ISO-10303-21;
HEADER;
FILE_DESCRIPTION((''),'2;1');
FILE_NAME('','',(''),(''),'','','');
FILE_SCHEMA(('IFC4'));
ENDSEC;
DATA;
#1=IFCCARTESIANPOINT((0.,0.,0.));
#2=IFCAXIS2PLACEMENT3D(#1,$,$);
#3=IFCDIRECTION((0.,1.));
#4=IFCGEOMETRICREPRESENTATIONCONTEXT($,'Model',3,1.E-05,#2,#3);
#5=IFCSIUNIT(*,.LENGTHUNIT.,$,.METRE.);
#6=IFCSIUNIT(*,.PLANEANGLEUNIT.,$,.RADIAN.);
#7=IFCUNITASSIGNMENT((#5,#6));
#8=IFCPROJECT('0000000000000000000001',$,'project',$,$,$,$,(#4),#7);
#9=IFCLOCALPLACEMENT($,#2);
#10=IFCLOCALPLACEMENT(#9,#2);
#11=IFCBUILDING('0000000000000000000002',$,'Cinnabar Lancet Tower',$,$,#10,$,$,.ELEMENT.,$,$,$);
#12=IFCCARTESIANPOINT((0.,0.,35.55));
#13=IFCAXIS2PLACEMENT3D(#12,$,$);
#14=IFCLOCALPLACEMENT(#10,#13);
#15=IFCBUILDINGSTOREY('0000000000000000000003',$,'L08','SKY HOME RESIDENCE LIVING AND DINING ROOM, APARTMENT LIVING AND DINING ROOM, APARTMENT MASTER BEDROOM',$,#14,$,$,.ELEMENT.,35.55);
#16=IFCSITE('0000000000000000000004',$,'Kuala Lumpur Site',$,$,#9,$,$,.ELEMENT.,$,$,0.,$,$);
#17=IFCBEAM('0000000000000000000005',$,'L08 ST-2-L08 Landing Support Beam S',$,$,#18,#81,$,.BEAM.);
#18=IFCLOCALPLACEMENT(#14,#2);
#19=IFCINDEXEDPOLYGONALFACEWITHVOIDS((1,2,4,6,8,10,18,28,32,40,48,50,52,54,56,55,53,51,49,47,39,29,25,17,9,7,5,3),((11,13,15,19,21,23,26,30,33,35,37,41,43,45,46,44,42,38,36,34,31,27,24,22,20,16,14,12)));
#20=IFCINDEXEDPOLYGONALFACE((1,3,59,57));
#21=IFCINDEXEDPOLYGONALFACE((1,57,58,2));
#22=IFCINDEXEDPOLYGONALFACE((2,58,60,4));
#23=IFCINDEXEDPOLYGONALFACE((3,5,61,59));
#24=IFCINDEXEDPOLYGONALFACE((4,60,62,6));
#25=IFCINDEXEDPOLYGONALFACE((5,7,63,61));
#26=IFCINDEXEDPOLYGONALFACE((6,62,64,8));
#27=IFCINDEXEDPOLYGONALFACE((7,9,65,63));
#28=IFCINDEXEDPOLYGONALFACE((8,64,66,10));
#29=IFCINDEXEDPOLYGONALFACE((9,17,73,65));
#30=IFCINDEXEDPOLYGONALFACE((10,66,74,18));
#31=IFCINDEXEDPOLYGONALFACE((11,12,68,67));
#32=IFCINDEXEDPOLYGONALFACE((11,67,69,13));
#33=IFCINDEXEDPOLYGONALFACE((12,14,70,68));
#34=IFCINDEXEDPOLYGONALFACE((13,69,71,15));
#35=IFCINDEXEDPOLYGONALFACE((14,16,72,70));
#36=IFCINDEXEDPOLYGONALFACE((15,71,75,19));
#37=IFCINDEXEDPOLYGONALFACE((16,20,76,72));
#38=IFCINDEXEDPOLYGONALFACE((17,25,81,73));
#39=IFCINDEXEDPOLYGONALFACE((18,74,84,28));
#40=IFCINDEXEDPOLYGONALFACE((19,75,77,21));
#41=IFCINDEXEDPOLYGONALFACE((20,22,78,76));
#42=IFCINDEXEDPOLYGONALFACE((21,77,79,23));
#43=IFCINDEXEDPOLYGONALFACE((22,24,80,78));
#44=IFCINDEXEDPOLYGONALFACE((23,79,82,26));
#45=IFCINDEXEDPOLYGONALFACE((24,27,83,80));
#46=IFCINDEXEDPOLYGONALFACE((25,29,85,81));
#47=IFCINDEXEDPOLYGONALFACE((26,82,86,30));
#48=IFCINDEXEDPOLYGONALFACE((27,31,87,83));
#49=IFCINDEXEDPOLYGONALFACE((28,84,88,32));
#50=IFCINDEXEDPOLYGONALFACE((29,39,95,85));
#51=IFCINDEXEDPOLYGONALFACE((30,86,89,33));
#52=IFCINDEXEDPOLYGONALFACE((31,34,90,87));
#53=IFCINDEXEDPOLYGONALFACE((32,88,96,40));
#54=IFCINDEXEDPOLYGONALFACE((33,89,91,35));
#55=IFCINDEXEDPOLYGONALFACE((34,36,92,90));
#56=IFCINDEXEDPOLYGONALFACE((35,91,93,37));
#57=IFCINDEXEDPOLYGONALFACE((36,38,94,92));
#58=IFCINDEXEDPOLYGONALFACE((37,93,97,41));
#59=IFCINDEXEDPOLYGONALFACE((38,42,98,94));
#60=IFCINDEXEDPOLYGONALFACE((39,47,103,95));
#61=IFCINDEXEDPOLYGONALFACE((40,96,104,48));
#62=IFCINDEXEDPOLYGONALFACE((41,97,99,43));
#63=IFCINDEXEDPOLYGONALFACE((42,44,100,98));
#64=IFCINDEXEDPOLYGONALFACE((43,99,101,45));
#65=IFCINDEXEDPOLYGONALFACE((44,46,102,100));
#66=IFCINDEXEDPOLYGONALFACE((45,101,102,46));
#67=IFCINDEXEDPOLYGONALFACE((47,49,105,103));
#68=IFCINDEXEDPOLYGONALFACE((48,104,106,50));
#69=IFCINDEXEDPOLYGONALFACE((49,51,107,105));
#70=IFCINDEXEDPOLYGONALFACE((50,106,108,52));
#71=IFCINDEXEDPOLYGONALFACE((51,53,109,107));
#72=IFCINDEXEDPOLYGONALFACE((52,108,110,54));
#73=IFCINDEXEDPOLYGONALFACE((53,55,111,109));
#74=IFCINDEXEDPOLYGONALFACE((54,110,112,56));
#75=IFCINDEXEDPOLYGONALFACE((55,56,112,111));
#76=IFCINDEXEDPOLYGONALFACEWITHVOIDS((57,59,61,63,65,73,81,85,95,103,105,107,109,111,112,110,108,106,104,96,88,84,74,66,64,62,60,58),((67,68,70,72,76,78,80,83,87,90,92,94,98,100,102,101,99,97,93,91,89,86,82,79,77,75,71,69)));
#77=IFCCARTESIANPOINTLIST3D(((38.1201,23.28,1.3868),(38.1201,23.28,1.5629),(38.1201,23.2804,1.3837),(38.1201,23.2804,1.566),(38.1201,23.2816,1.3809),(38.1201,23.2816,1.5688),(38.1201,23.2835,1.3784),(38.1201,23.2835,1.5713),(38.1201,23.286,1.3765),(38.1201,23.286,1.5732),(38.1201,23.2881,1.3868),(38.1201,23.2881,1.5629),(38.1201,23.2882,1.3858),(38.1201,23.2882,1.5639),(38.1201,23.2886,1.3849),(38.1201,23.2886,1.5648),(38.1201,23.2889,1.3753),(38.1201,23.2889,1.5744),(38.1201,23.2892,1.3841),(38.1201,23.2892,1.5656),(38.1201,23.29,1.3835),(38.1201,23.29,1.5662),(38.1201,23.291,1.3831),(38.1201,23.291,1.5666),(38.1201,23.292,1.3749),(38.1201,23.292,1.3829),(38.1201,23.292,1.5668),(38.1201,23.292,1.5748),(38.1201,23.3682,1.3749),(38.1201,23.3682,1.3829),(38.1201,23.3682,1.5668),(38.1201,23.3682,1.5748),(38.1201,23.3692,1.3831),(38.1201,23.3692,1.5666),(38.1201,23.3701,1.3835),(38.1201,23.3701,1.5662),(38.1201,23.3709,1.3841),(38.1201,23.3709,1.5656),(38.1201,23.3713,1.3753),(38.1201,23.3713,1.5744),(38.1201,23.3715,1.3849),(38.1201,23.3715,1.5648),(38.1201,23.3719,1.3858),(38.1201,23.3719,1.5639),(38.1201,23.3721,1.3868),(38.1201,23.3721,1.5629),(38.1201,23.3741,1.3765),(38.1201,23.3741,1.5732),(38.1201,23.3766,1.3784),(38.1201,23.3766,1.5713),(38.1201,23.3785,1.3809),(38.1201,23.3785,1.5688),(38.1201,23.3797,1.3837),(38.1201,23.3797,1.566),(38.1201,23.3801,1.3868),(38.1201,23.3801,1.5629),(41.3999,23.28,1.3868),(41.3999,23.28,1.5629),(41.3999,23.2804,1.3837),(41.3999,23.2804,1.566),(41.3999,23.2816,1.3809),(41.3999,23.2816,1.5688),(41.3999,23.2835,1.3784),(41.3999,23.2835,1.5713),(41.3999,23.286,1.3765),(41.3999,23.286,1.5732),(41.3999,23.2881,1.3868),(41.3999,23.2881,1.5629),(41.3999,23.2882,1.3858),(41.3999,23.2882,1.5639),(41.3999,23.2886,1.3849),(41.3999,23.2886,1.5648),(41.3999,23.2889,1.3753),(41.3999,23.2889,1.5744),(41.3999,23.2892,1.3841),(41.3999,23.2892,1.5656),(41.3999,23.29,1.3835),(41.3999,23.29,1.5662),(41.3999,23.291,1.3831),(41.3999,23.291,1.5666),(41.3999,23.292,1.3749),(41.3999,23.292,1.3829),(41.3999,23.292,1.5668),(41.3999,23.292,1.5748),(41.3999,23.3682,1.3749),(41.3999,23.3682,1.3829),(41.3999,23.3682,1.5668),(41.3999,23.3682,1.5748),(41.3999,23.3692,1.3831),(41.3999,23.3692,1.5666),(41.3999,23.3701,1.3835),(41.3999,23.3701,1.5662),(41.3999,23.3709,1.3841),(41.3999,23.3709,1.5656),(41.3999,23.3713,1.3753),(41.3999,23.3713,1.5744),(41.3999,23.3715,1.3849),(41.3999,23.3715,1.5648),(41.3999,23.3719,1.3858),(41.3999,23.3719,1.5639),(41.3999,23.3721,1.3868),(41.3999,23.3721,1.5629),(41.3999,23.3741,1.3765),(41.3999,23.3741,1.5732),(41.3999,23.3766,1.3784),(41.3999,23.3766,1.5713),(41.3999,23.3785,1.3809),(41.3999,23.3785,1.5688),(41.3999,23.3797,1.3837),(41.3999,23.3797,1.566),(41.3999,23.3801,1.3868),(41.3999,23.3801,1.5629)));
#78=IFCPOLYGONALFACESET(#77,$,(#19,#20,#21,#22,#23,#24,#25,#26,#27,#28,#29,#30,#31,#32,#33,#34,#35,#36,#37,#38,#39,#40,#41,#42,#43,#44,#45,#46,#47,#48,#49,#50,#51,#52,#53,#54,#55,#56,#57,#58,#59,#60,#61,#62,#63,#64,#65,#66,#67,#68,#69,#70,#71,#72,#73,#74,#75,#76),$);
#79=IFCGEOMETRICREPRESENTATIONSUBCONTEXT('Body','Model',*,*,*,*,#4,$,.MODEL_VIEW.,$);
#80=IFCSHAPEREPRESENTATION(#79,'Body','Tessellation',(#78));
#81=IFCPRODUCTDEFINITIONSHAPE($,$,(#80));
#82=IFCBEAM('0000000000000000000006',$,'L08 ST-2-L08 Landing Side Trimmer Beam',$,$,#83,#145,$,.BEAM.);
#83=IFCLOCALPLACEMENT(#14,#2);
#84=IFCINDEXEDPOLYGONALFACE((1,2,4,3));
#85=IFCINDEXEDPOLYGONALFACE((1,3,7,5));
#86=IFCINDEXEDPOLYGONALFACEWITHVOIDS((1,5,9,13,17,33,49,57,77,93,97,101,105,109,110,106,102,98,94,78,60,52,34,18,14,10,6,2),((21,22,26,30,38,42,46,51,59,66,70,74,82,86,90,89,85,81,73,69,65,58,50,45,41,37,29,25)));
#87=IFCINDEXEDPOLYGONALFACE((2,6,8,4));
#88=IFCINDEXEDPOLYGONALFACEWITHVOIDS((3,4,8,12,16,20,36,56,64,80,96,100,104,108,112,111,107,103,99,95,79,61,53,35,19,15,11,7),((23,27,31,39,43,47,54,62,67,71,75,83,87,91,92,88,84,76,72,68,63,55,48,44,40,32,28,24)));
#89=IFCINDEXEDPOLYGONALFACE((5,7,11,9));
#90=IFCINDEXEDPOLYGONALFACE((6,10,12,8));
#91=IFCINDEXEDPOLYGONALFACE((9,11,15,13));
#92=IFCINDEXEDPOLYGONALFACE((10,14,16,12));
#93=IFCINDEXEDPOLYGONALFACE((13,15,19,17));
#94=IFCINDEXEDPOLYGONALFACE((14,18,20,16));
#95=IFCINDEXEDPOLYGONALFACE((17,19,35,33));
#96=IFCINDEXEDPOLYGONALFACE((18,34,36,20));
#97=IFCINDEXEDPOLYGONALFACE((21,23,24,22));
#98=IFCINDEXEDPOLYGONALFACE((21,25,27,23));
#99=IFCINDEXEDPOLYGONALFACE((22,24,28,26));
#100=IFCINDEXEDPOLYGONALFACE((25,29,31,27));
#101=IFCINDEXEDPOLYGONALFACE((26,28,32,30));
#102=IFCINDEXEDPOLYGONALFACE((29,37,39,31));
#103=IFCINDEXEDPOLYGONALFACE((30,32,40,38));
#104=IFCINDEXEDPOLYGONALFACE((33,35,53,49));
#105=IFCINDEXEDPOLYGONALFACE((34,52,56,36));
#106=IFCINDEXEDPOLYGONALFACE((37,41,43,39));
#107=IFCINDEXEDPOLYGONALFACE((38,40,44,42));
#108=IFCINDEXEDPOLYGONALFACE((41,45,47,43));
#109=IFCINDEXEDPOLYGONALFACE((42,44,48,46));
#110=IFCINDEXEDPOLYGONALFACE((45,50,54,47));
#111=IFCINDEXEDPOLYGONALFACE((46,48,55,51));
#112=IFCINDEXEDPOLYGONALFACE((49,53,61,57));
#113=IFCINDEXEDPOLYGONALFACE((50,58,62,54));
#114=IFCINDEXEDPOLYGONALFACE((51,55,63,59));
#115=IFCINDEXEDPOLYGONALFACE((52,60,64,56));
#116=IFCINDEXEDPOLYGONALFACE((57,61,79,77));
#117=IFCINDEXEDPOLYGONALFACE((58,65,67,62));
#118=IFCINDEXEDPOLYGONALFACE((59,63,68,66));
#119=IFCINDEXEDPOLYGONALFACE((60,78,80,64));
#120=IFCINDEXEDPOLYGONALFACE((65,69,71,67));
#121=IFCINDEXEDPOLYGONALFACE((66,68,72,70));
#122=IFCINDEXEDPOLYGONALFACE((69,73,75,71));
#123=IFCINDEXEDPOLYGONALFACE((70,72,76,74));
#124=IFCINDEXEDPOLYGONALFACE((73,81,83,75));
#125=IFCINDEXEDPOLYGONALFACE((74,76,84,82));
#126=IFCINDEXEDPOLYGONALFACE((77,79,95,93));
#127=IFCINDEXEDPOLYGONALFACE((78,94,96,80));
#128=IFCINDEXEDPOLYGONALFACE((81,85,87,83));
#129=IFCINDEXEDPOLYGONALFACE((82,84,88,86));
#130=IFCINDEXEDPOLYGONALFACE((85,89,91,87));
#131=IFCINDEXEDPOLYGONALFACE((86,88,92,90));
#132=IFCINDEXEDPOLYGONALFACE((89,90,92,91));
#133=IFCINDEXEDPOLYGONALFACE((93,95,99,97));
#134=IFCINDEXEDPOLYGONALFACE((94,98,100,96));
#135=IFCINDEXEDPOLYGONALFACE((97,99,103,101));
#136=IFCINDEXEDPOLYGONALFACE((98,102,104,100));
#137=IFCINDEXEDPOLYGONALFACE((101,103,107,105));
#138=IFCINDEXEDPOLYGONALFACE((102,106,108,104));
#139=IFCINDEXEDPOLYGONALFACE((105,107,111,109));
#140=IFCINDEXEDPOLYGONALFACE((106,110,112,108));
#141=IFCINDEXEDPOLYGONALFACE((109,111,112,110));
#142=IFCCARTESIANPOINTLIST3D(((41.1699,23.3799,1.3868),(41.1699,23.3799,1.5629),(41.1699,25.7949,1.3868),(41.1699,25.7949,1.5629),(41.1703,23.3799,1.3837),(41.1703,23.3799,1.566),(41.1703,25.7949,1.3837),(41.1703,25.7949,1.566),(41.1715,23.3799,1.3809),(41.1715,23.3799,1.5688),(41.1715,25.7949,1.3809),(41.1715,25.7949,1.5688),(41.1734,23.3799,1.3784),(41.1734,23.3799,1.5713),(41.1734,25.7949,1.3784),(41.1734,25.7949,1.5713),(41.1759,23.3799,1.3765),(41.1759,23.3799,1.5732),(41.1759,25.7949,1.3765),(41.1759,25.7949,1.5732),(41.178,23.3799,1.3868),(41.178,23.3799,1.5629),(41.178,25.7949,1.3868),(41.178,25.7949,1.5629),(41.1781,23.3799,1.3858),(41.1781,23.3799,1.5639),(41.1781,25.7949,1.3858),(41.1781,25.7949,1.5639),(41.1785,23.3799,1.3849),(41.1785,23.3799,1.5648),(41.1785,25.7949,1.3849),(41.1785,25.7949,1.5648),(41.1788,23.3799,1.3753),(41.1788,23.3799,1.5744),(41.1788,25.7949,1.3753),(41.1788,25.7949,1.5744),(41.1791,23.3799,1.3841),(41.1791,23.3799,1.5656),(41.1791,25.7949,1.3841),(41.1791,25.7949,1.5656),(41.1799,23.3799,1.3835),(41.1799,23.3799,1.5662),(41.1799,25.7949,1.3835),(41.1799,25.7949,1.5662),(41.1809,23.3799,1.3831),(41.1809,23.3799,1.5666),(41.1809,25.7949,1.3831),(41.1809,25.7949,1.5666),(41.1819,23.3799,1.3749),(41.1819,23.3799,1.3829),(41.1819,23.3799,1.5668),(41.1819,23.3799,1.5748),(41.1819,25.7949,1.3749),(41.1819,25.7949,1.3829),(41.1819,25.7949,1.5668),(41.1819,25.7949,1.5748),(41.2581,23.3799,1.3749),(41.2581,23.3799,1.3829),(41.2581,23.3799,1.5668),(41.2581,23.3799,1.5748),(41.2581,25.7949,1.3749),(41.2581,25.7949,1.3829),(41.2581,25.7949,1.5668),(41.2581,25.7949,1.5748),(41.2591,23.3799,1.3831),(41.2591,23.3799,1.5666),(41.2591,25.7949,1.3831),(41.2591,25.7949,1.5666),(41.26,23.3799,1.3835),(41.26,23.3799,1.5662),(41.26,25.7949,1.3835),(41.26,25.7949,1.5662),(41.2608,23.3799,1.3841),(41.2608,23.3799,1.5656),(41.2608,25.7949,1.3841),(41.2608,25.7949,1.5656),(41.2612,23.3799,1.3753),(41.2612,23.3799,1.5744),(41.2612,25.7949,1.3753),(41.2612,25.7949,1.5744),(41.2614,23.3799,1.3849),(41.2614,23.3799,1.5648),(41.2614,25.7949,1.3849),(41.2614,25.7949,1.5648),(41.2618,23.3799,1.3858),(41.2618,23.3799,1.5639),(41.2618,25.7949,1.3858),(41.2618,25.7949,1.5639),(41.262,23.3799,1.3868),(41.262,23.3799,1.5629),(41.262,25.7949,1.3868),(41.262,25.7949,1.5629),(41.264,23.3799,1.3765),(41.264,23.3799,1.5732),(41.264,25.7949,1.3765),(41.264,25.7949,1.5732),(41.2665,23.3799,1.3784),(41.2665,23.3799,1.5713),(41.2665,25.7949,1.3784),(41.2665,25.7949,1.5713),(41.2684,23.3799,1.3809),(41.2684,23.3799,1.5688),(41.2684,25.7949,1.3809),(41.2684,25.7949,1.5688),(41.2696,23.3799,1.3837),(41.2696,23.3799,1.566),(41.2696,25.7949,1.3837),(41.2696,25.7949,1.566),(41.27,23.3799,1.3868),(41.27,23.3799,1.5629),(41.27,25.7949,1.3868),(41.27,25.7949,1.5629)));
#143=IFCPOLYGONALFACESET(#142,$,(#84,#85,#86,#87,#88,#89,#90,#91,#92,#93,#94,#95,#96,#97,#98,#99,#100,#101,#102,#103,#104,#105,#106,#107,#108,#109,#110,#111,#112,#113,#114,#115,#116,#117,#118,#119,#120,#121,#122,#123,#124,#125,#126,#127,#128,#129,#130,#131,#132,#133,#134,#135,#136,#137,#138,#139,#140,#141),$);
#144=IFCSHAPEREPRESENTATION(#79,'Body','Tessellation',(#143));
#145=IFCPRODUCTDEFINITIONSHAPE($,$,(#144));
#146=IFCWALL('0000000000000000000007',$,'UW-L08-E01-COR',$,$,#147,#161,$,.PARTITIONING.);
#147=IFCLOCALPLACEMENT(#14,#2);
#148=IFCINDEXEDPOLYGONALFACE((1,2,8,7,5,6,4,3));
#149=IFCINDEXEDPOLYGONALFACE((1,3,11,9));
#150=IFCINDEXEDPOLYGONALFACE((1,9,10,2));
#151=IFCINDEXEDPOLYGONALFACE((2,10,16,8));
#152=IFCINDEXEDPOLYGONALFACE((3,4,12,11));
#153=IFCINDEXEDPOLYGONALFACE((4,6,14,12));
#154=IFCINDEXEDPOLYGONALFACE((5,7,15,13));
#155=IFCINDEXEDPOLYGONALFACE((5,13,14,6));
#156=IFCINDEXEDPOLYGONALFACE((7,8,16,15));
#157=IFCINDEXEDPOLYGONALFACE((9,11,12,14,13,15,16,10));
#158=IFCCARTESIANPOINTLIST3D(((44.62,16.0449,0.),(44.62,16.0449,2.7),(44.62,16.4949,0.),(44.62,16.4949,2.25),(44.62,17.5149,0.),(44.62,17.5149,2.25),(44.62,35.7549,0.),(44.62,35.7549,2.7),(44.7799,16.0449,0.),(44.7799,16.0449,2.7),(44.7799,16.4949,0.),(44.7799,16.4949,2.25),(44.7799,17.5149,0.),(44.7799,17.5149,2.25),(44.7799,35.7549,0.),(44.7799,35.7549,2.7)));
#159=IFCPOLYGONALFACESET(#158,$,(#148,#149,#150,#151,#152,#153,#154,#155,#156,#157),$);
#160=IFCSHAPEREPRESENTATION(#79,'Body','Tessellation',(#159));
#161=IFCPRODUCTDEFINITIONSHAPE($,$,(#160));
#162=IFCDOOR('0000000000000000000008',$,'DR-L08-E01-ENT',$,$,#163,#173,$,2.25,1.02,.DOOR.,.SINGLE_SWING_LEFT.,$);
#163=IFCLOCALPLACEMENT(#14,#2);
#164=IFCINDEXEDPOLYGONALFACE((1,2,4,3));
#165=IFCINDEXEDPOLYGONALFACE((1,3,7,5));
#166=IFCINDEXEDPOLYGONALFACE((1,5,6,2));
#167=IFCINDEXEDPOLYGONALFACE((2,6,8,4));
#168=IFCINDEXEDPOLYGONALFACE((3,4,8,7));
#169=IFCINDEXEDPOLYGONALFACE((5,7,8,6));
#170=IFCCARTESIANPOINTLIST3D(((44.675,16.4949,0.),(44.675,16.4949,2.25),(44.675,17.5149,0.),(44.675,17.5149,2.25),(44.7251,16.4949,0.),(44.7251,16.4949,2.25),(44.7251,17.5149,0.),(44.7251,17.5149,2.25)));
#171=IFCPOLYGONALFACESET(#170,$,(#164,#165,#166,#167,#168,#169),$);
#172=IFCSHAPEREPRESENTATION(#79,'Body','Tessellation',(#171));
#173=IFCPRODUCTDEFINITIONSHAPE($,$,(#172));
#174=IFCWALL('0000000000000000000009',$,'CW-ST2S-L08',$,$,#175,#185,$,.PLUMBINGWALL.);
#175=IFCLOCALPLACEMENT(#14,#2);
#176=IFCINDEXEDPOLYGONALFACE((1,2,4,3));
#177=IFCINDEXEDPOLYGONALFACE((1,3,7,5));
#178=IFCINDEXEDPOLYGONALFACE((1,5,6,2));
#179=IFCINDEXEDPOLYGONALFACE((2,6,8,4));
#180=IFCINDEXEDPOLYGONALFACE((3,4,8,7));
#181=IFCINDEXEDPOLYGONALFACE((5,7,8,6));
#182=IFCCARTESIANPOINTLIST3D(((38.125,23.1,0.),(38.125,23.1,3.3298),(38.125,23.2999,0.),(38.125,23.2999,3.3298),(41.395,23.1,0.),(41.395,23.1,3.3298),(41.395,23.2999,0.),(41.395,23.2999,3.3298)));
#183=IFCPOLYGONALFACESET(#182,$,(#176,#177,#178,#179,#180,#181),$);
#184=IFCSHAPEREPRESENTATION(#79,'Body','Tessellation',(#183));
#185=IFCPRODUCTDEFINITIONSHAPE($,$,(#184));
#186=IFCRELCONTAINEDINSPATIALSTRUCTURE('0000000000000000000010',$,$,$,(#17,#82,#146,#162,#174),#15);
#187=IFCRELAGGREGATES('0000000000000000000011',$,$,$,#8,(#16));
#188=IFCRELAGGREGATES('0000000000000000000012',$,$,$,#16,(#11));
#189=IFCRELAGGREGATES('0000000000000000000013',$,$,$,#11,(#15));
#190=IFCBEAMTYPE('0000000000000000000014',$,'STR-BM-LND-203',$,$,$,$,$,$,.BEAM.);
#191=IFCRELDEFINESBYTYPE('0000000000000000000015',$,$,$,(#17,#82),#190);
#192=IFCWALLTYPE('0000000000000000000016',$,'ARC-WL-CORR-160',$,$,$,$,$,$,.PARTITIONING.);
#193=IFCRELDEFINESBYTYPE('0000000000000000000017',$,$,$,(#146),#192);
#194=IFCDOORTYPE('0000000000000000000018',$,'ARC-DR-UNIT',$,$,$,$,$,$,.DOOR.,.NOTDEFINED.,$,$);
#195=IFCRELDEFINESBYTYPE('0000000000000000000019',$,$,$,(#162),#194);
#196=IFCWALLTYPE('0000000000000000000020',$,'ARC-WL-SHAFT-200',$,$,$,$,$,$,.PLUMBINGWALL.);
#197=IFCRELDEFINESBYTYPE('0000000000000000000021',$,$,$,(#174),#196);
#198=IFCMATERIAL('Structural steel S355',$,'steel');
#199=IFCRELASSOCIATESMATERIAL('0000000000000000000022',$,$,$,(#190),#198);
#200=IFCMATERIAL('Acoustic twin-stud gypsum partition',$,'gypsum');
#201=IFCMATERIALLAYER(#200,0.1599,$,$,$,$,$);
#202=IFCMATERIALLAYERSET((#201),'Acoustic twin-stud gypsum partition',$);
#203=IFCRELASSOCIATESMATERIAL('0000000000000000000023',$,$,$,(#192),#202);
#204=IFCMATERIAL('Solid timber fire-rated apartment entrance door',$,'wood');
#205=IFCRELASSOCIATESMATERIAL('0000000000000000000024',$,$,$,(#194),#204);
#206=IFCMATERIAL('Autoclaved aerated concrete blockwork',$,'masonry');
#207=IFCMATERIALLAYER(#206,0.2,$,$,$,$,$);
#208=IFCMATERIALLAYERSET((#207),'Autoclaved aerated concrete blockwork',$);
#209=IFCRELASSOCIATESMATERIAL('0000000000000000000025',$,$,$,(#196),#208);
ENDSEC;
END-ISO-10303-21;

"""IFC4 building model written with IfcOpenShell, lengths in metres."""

from ifc_helpers import new_model, si_unit, direction, frame, frame_2d, origin, origin_2d, place, context, subcontext, project, spatial, rectangle, hollow_rectangle, extrude, material, layer, layer_set, material_profile, profile_set, type_object, element, fill, save


model = new_model("IFC4")

# Units and contexts
model_context = context("Model", 3, precision=1e-05, world=origin(), true_north=direction((0.0, 1.0)))
body_context = subcontext(model_context, "Body", "Model", "MODEL_VIEW")
ifc_project = project(units=[si_unit("LENGTHUNIT", "METRE"), si_unit("PLANEANGLEUNIT", "RADIAN")], contexts=[model_context])

# Site, building, storey
site_placement = place(None, origin())
site = spatial("IfcSite", under=ifc_project, at=site_placement, Name="Kuala Lumpur Site", CompositionType="ELEMENT", RefElevation=0.0)
building_placement = place(site_placement, origin())
building = spatial("IfcBuilding", under=site, at=building_placement, Name="Cinnabar Lancet Tower", CompositionType="ELEMENT")
storey_placement = place(building_placement, frame((0.0, 0.0, 35.55)))
storey = spatial("IfcBuildingStorey", under=building, at=storey_placement, Name="L08", Description="SKY HOME RESIDENCE LIVING AND DINING ROOM, APARTMENT LIVING AND DINING ROOM, APARTMENT MASTER BEDROOM", CompositionType="ELEMENT", Elevation=35.55)

# Beams
ifc_material_1 = material(Name="Structural steel S355", Category="steel")
ifc_material_profile_1 = material_profile(ifc_material_1, hollow_rectangle(XDim=0.1001, YDim=0.2, WallThickness=0.0081, InnerFilletRadius=0.0039, OuterFilletRadius=0.012, at=origin_2d()), Name="RHS 200x100x8")
ifc_profile_set_1 = profile_set([ifc_material_profile_1], Name="Structural steel S355")
beam_type_1 = type_object("IfcBeamType", Name="STR-BM-LND-203", PredefinedType="BEAM", material=ifc_profile_set_1)
beam_1_placement = place(storey_placement, frame((38.1201, 23.3301, 1.4749), z_axis=(1.0, 0.0, 0.0), x_axis=(0.0, 1.0, 0.0)))
element("IfcBeam", 1, at=beam_1_placement, inside=storey, type_object=beam_type_1, Name="L08 ST-2-L08 Landing Support Beam S", PredefinedType="BEAM", context=body_context, shape_type="SweptSolid", body=[
    extrude(hollow_rectangle(XDim=0.1001, YDim=0.2, WallThickness=0.0081, InnerFilletRadius=0.0039, OuterFilletRadius=0.012, at=origin_2d()), origin(), (0.0, 0.0, 1.0), 3.2798),
])
beam_2_placement = place(storey_placement, frame((41.22, 23.3799, 1.4749), z_axis=(0.0, 1.0, 0.0), x_axis=(-1.0, 0.0, 0.0)))
element("IfcBeam", 2, at=beam_2_placement, inside=storey, type_object=beam_type_1, Name="L08 ST-2-L08 Landing Side Trimmer Beam", PredefinedType="BEAM", context=body_context, shape_type="SweptSolid", body=[
    extrude(hollow_rectangle(XDim=0.1001, YDim=0.2, WallThickness=0.0081, InnerFilletRadius=0.0039, OuterFilletRadius=0.012, at=origin_2d()), origin(), (0.0, 0.0, 1.0), 2.415),
])

# Wall, opening, door
ifc_material_2 = material(Name="Acoustic twin-stud gypsum partition", Category="gypsum")
ifc_layer_1 = layer(ifc_material_2, 0.1599)
ifc_layer_set_1 = layer_set([ifc_layer_1], Name="Acoustic twin-stud gypsum partition")
wall_type_1 = type_object("IfcWallType", Name="ARC-WL-CORR-160", PredefinedType="PARTITIONING", material=ifc_layer_set_1)
wall_1_placement = place(storey_placement, frame((44.7, 16.0449, 0.0), z_axis=(0.0, 0.0, 1.0), x_axis=(0.0, 1.0, 0.0)))
wall_1 = element("IfcWall", 3, at=wall_1_placement, inside=storey, type_object=wall_type_1, Name="UW-L08-E01-COR", PredefinedType="PARTITIONING", context=body_context, shape_type="SweptSolid", body=[
    extrude(rectangle(XDim=19.71, YDim=0.1599, at=frame_2d((9.855, 0.0))), origin(), (0.0, 0.0, 1.0), 2.7),
])
opening_1_placement = place(wall_1_placement, frame((0.45, 0.0, 0.0)))
opening_1 = element("IfcOpeningElement", 4, at=opening_1_placement, cuts=wall_1, PredefinedType="OPENING", context=body_context, shape_type="SweptSolid", body=[
    extrude(rectangle(XDim=1.02, YDim=2.25, at=frame_2d((0.51, 1.125))), frame((0.0, 0.0898, 0.0), z_axis=(0.0, -1.0, 0.0), x_axis=(1.0, 0.0, 0.0)), (0.0, 0.0, 1.0), 0.1799),
])
ifc_material_3 = material(Name="Solid timber fire-rated apartment entrance door", Category="wood")
door_type_1 = type_object("IfcDoorType", Name="ARC-DR-UNIT", OperationType="NOTDEFINED", PredefinedType="DOOR", material=ifc_material_3)
door_1_placement = place(opening_1_placement, origin())
door_1 = element("IfcDoor", 5, at=door_1_placement, inside=storey, type_object=door_type_1, Name="DR-L08-E01-ENT", OperationType="SINGLE_SWING_LEFT", OverallHeight=2.25, OverallWidth=1.02, PredefinedType="DOOR", context=body_context, shape_type="SweptSolid", body=[
    extrude(rectangle(XDim=1.02, YDim=2.25, at=frame_2d((0.51, 1.125))), frame((0.0, 0.0249, 0.0), z_axis=(0.0, -1.0, 0.0), x_axis=(1.0, 0.0, 0.0)), (0.0, 0.0, 1.0), 0.05),
])
fill(opening_1, door_1)

# Wall
ifc_material_4 = material(Name="Autoclaved aerated concrete blockwork", Category="masonry")
ifc_layer_2 = layer(ifc_material_4, 0.2)
ifc_layer_set_2 = layer_set([ifc_layer_2], Name="Autoclaved aerated concrete blockwork")
wall_type_2 = type_object("IfcWallType", Name="ARC-WL-SHAFT-200", PredefinedType="PLUMBINGWALL", material=ifc_layer_set_2)
wall_2_placement = place(storey_placement, frame((38.125, 23.2, 0.0), z_axis=(0.0, 0.0, 1.0), x_axis=(1.0, 0.0, 0.0)))
element("IfcWall", 6, at=wall_2_placement, inside=storey, type_object=wall_type_2, Name="CW-ST2S-L08", PredefinedType="PLUMBINGWALL", context=body_context, shape_type="SweptSolid", body=[
    extrude(rectangle(XDim=3.27, YDim=0.2, at=frame_2d((1.635, 0.0))), origin(), (0.0, 0.0, 1.0), 3.3298),
])

save(model, "model.ifc")
